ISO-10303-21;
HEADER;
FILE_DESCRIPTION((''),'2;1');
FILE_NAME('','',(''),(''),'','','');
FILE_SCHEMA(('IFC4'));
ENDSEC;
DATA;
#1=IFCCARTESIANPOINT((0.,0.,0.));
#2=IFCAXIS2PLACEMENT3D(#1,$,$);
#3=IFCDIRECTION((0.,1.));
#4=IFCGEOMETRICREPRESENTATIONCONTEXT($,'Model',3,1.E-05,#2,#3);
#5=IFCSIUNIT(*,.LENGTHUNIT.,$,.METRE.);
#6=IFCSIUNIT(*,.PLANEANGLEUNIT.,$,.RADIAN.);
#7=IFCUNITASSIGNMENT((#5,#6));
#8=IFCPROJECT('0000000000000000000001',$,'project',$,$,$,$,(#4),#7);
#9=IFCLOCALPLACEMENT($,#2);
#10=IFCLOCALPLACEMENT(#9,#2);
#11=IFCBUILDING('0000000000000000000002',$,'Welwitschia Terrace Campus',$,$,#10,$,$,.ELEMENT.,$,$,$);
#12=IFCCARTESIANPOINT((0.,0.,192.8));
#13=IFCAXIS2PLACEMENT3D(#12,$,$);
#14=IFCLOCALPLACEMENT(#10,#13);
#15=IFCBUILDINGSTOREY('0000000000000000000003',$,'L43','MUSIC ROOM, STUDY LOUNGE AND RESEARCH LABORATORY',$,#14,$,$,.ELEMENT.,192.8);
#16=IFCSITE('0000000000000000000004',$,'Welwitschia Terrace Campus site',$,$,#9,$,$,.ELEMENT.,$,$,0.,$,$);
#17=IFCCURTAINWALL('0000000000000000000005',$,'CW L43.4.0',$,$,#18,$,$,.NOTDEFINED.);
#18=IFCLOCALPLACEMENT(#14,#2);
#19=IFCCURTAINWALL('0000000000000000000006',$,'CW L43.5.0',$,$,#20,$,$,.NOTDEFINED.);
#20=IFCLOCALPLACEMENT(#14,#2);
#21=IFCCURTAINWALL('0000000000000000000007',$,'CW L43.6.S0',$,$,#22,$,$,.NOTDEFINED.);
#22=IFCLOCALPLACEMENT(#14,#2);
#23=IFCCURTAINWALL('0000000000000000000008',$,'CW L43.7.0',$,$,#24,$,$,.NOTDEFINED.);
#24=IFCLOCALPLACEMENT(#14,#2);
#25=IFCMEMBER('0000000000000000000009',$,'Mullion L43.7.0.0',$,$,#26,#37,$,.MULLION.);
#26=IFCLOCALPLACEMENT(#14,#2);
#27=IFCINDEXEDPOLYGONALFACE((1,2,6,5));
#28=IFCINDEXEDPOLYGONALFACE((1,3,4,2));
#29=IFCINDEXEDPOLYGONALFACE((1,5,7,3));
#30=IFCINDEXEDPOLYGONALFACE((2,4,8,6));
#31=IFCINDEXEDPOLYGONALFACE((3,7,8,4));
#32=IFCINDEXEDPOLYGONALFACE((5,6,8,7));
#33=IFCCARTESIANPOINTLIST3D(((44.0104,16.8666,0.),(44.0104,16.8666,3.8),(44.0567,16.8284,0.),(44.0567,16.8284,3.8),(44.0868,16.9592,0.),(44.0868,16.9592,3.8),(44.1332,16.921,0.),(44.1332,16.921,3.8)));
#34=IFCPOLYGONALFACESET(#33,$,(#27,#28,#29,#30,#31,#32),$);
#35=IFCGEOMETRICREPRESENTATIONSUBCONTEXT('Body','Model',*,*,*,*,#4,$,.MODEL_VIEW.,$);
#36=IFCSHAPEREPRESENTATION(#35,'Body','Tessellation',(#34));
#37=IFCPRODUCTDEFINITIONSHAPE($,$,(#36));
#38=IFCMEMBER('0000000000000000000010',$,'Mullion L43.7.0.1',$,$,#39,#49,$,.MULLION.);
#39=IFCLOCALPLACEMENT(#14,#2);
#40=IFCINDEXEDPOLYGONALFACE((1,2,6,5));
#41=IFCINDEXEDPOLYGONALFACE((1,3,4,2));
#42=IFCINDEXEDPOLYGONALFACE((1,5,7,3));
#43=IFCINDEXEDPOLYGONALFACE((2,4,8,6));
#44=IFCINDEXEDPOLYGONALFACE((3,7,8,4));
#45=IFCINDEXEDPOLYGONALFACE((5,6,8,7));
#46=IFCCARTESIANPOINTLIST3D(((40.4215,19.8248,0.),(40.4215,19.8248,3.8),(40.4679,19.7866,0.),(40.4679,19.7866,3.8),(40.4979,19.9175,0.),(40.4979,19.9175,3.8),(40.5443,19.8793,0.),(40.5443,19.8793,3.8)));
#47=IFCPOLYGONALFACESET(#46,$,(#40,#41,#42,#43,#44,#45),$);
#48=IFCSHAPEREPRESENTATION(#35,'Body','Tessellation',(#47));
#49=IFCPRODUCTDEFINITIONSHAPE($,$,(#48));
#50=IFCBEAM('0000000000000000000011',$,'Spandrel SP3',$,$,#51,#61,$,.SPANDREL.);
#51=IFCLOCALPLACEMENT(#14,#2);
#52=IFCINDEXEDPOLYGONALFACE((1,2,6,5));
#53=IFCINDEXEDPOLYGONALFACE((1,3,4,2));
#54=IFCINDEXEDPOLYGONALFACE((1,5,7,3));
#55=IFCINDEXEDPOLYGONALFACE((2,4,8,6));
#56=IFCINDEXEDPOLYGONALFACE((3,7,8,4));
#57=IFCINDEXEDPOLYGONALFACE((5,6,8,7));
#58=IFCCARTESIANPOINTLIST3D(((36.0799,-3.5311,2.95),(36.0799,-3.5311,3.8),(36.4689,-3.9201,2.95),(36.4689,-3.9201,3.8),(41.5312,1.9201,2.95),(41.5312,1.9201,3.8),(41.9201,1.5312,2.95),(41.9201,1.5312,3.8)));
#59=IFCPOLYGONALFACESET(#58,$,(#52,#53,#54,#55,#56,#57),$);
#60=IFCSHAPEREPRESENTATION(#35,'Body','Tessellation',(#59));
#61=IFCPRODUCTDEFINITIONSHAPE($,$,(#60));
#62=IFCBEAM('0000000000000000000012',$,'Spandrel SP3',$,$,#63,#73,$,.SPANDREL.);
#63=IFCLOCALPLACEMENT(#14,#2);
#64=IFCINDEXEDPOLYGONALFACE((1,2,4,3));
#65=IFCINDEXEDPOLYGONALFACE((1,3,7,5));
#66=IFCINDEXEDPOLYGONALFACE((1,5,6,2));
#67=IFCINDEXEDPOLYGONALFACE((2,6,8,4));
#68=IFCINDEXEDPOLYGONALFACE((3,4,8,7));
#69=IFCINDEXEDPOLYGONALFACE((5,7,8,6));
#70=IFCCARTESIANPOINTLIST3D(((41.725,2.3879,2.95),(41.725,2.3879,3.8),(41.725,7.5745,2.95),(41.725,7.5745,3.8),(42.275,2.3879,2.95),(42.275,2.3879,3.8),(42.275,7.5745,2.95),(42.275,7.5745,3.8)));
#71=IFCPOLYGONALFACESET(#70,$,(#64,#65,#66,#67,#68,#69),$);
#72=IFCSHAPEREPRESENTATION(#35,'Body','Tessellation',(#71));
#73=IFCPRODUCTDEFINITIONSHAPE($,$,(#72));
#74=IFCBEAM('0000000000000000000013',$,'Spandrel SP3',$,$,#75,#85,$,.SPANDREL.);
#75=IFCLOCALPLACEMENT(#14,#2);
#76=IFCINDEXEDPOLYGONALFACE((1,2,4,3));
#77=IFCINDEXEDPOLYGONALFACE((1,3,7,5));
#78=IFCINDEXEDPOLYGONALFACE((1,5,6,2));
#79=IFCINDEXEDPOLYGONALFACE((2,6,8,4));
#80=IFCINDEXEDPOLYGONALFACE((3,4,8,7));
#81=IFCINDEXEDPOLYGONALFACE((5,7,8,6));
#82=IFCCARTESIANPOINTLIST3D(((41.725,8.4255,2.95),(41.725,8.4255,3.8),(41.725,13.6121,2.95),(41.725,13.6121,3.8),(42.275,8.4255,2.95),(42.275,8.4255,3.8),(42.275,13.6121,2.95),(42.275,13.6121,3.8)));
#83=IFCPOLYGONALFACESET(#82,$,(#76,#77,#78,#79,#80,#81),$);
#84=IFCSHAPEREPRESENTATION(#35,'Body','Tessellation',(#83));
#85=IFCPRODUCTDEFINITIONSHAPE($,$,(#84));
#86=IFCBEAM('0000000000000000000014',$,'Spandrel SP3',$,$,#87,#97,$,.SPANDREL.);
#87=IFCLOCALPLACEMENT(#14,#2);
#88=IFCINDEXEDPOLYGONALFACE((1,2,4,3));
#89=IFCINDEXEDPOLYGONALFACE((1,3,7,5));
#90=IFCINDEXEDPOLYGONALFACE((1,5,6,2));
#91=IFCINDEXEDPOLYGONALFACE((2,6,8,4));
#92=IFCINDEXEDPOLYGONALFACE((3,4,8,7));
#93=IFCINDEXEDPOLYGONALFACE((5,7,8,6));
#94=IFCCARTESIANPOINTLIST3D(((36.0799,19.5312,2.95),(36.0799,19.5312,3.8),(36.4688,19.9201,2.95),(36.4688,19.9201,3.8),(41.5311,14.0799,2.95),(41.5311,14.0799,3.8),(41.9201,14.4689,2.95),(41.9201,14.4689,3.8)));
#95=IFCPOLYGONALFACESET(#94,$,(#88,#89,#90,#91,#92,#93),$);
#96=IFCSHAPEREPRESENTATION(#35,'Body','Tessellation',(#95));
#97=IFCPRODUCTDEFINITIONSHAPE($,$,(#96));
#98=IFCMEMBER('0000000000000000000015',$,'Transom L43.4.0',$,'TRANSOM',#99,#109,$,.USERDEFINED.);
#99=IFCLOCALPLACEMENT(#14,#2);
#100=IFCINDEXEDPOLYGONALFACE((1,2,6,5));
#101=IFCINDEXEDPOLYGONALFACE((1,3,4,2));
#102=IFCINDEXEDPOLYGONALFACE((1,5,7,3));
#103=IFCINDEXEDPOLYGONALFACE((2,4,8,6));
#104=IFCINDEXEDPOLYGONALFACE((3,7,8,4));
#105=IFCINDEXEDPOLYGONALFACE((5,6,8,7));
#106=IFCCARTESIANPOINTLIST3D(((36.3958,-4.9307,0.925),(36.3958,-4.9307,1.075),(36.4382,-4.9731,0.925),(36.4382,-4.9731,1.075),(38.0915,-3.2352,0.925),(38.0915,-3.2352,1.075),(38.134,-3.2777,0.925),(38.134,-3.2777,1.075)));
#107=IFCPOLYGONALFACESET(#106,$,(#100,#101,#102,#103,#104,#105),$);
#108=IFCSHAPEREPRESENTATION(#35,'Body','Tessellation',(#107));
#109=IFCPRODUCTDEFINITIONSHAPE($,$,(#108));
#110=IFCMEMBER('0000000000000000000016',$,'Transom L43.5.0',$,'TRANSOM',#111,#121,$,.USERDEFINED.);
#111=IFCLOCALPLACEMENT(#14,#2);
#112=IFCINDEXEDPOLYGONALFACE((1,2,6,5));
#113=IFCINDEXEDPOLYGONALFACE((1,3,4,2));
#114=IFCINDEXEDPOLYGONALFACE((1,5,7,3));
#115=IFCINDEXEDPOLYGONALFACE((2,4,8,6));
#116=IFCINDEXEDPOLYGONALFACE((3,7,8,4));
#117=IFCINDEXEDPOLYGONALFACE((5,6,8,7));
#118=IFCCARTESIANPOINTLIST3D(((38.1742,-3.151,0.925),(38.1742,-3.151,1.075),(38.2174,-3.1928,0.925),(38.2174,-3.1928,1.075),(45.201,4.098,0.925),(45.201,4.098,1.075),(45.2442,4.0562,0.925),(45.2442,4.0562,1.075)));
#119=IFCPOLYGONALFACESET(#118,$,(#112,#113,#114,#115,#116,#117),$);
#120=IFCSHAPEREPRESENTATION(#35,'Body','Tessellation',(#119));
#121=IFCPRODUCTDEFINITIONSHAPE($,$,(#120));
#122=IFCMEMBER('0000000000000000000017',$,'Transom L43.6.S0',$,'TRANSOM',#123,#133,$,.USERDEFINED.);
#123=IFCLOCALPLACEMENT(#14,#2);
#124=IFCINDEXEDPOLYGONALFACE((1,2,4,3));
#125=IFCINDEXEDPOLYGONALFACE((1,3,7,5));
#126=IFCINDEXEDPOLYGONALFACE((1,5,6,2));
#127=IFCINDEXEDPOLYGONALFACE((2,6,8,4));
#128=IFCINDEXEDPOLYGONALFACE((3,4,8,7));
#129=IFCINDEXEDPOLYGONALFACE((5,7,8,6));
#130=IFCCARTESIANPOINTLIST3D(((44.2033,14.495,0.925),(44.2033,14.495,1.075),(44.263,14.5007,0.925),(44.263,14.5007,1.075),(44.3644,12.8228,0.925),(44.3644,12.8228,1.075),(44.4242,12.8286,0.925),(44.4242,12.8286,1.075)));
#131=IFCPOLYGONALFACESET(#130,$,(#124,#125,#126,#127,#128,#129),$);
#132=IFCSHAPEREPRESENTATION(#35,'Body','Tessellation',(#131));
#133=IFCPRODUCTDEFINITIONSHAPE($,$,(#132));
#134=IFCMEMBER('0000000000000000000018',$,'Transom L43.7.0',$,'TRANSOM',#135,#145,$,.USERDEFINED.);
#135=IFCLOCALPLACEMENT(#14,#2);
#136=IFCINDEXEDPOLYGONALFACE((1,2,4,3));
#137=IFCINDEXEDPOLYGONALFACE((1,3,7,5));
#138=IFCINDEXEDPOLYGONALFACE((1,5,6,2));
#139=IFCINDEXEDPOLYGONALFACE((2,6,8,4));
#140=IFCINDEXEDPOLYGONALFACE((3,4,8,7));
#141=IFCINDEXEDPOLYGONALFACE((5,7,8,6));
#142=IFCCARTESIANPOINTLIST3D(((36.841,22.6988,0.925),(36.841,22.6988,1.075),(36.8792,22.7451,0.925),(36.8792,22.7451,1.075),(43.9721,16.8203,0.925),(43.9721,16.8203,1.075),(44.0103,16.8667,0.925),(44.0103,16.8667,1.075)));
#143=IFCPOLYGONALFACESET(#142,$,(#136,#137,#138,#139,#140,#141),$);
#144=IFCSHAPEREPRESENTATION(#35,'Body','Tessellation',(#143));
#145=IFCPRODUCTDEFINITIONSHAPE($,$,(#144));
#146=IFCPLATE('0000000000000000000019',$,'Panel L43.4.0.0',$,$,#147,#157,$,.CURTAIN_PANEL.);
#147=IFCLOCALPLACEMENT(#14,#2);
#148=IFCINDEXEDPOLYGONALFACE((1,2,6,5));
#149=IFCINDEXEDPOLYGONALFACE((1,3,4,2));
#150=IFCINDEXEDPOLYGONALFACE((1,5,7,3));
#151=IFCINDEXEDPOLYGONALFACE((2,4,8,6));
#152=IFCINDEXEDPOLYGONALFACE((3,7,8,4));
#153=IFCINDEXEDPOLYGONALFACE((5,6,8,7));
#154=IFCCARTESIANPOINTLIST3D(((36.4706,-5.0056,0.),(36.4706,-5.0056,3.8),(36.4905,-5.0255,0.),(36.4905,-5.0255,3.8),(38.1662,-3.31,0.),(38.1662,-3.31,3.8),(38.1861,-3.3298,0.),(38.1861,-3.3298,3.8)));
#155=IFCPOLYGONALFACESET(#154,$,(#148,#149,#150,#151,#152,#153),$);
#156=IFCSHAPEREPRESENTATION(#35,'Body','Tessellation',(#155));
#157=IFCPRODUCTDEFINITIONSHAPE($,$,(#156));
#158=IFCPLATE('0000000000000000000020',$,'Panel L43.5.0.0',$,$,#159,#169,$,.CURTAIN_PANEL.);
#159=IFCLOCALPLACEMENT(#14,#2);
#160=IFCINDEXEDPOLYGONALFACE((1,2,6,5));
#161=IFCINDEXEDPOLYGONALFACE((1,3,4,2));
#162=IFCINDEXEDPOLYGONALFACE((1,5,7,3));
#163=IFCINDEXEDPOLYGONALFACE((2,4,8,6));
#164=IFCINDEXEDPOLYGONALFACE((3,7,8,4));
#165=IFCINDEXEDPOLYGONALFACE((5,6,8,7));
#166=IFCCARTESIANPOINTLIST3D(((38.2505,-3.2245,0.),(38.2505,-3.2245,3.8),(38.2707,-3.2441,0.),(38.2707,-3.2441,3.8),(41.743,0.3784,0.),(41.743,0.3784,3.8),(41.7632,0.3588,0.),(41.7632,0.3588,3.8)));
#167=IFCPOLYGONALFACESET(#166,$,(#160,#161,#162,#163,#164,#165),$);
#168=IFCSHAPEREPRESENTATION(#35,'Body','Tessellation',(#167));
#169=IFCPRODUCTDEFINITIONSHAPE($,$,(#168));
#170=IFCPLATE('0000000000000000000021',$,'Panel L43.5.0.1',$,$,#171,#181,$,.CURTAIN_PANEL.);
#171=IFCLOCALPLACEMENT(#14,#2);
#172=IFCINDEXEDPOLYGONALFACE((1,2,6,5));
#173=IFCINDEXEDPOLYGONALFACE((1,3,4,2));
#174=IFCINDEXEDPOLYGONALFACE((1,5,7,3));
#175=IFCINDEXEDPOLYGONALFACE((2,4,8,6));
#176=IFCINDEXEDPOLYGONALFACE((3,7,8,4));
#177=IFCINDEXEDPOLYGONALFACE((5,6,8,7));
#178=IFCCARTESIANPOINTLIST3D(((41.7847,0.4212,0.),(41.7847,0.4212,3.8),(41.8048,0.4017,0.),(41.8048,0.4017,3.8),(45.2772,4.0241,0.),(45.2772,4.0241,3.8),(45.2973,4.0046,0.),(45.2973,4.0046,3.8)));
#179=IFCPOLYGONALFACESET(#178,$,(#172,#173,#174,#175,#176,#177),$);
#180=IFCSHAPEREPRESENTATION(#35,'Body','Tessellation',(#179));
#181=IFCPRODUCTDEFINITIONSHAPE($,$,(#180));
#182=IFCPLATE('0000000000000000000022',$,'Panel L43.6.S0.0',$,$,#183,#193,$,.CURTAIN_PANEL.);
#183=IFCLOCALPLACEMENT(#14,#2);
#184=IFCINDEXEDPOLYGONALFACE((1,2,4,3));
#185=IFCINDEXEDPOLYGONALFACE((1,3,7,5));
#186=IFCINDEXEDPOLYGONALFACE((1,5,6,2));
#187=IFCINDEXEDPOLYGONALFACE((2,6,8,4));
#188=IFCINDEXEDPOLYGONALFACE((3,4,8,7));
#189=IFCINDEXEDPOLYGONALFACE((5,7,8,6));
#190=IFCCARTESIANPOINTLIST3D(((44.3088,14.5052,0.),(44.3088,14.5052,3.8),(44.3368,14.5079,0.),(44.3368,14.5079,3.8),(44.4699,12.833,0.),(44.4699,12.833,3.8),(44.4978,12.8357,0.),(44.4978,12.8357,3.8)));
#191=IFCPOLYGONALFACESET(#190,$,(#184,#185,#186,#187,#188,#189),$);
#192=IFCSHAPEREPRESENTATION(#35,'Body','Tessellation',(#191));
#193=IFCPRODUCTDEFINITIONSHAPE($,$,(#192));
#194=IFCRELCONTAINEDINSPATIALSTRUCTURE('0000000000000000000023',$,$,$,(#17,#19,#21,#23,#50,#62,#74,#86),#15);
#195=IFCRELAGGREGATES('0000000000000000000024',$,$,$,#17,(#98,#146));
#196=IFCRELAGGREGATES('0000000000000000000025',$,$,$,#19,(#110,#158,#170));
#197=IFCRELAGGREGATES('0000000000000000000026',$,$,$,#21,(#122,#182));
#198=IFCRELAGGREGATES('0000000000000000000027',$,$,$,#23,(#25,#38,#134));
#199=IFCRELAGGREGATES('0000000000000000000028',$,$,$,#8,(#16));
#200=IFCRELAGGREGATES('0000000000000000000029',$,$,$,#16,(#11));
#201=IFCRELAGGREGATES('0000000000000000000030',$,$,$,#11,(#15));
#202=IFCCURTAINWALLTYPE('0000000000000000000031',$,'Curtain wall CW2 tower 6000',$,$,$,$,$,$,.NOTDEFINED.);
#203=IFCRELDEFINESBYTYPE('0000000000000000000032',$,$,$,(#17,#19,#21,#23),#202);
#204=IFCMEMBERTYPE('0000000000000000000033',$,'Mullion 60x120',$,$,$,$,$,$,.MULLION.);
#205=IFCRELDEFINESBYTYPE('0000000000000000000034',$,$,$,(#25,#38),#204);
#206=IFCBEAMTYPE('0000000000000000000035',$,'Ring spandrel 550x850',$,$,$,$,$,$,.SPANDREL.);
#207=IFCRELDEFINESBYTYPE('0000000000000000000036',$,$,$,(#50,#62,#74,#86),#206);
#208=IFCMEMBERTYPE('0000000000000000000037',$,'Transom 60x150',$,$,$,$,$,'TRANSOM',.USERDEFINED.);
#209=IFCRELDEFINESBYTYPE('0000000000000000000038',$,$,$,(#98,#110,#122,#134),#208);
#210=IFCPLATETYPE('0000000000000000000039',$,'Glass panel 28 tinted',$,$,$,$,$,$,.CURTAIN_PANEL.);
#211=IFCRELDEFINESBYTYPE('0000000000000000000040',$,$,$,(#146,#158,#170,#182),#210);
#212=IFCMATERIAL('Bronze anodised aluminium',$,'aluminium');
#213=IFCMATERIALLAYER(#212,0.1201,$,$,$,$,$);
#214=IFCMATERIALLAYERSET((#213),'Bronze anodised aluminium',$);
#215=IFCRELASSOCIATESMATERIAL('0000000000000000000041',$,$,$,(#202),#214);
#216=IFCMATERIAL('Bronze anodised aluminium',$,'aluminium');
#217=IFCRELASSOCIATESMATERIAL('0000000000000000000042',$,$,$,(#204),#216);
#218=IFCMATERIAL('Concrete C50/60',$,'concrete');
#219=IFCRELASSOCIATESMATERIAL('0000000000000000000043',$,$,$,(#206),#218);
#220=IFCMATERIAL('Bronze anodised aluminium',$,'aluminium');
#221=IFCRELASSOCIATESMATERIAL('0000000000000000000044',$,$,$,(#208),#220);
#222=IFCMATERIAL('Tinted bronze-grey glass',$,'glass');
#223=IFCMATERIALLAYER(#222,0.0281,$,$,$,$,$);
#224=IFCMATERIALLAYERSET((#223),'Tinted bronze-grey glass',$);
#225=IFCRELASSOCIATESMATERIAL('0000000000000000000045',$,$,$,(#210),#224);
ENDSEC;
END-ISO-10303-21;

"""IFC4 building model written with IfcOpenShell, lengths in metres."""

from ifc_helpers import new_model, si_unit, direction, frame, origin, origin_2d, place, context, subcontext, project, spatial, rectangle, extrude, material, layer, layer_set, material_profile, profile_set, type_object, element, aggregate, save


model = new_model("IFC4")

# Units and contexts
model_context = context("Model", 3, precision=1e-05, world=origin(), true_north=direction((0.0, 1.0)))
body_context = subcontext(model_context, "Body", "Model", "MODEL_VIEW")
ifc_project = project(units=[si_unit("LENGTHUNIT", "METRE"), si_unit("PLANEANGLEUNIT", "RADIAN")], contexts=[model_context])

# Site, building, storey
site_placement = place(None, origin())
site = spatial("IfcSite", under=ifc_project, at=site_placement, Name="Welwitschia Terrace Campus site", CompositionType="ELEMENT", RefElevation=0.0)
building_placement = place(site_placement, origin())
building = spatial("IfcBuilding", under=site, at=building_placement, Name="Welwitschia Terrace Campus", CompositionType="ELEMENT")
storey_placement = place(building_placement, frame((0.0, 0.0, 192.8)))
storey = spatial("IfcBuildingStorey", under=building, at=storey_placement, Name="L43", Description="MUSIC ROOM, STUDY LOUNGE AND RESEARCH LABORATORY", CompositionType="ELEMENT", Elevation=192.8)

# Shared definitions
ifc_material_1 = material(Name="Bronze anodised aluminium", Category="aluminium")
ifc_layer_1 = layer(ifc_material_1, 0.1201)
ifc_layer_set_1 = layer_set([ifc_layer_1], Name="Bronze anodised aluminium")
curtain_wall_type = type_object("IfcCurtainWallType", Name="Curtain wall CW2 tower 6000", PredefinedType="NOTDEFINED", material=ifc_layer_set_1)
ifc_material_2 = material(Name="Bronze anodised aluminium", Category="aluminium")
ifc_material_profile_1 = material_profile(ifc_material_2, rectangle(XDim=0.1201, YDim=0.0601, at=origin_2d()))
ifc_profile_set_1 = profile_set([ifc_material_profile_1], Name="Bronze anodised aluminium")
member_type_1 = type_object("IfcMemberType", Name="Mullion 60x120", PredefinedType="MULLION", material=ifc_profile_set_1)

# Curtain walls, members
curtain_wall_1_placement = place(storey_placement, origin())
curtain_wall_1 = element("IfcCurtainWall", 1, at=curtain_wall_1_placement, inside=storey, type_object=curtain_wall_type, Name="CW L43.4.0", PredefinedType="NOTDEFINED")
curtain_wall_2_placement = place(storey_placement, origin())
curtain_wall_2 = element("IfcCurtainWall", 2, at=curtain_wall_2_placement, inside=storey, type_object=curtain_wall_type, Name="CW L43.5.0", PredefinedType="NOTDEFINED")
curtain_wall_3_placement = place(storey_placement, origin())
curtain_wall_3 = element("IfcCurtainWall", 3, at=curtain_wall_3_placement, inside=storey, type_object=curtain_wall_type, Name="CW L43.6.S0", PredefinedType="NOTDEFINED")
curtain_wall_4_placement = place(storey_placement, origin())
curtain_wall_4 = element("IfcCurtainWall", 4, at=curtain_wall_4_placement, inside=storey, type_object=curtain_wall_type, Name="CW L43.7.0", PredefinedType="NOTDEFINED")
member_1_placement = place(storey_placement, frame((44.0718, 16.8938, 0.0), z_axis=(0.0, 0.0, 1.0), x_axis=(-0.636078, -0.771625, 0.0)))
member_1 = element("IfcMember", 5, at=member_1_placement, type_object=member_type_1, Name="Mullion L43.7.0.0", PredefinedType="MULLION", context=body_context, shape_type="SweptSolid", body=[
    extrude(rectangle(XDim=0.1201, YDim=0.0601, at=origin_2d()), origin(), (0.0, 0.0, 1.0), 3.8),
])
member_2_placement = place(storey_placement, frame((40.4829, 19.8521, 0.0), z_axis=(0.0, 0.0, 1.0), x_axis=(-0.636078, -0.771625, 0.0)))
member_2 = element("IfcMember", 6, at=member_2_placement, type_object=member_type_1, Name="Mullion L43.7.0.1", PredefinedType="MULLION", context=body_context, shape_type="SweptSolid", body=[
    extrude(rectangle(XDim=0.1201, YDim=0.0601, at=origin_2d()), origin(), (0.0, 0.0, 1.0), 3.8),
])

# Beams
ifc_material_3 = material(Name="Concrete C50/60", Category="concrete")
ifc_material_profile_2 = material_profile(ifc_material_3, rectangle(XDim=0.55, YDim=0.8501, at=origin_2d()))
ifc_profile_set_2 = profile_set([ifc_material_profile_2], Name="Concrete C50/60")
beam_type_1 = type_object("IfcBeamType", Name="Ring spandrel 550x850", PredefinedType="SPANDREL", material=ifc_profile_set_2)
beam_1_placement = place(storey_placement, frame((36.2744, -3.7256, 3.375), z_axis=(0.707107, 0.707107, 0.0), x_axis=(-0.707107, 0.707107, 0.0)))
element("IfcBeam", 7, at=beam_1_placement, inside=storey, type_object=beam_type_1, Name="Spandrel SP3", PredefinedType="SPANDREL", context=body_context, shape_type="SweptSolid", body=[
    extrude(rectangle(XDim=0.55, YDim=0.8501, at=origin_2d()), origin(), (0.0, 0.0, 1.0), 7.7092),
])
for number, where, z_axis, x_axis, name in (
    (8, (42.0, 2.3879, 3.375), (0.0, 1.0, 0.0), (-1.0, 0.0, 0.0), "Spandrel SP3"),
    (9, (42.0, 8.4255, 3.375), (0.0, 1.0, 0.0), (-1.0, 0.0, 0.0), "Spandrel SP3"),
):
    element("IfcBeam", number, at=place(storey_placement, frame(where, z_axis=z_axis, x_axis=x_axis)), inside=storey, type_object=beam_type_1, Name=name, PredefinedType="SPANDREL", context=body_context, shape_type="SweptSolid", body=[
        extrude(rectangle(XDim=0.55, YDim=0.8501, at=origin_2d()), origin(), (0.0, 0.0, 1.0), 5.1865),
    ])
beam_2_placement = place(storey_placement, frame((41.7256, 14.2744, 3.375), z_axis=(-0.707107, 0.707107, 0.0), x_axis=(-0.707107, -0.707107, 0.0)))
element("IfcBeam", 10, at=beam_2_placement, inside=storey, type_object=beam_type_1, Name="Spandrel SP3", PredefinedType="SPANDREL", context=body_context, shape_type="SweptSolid", body=[
    extrude(rectangle(XDim=0.55, YDim=0.8501, at=origin_2d()), origin(), (0.0, 0.0, 1.0), 7.7092),
])

# Members
ifc_material_4 = material(Name="Bronze anodised aluminium", Category="aluminium")
ifc_material_profile_3 = material_profile(ifc_material_4, rectangle(XDim=0.0601, YDim=0.1499, at=origin_2d()))
ifc_profile_set_3 = profile_set([ifc_material_profile_3], Name="Bronze anodised aluminium")
member_type_2 = type_object("IfcMemberType", Name="Transom 60x150", ElementType="TRANSOM", PredefinedType="USERDEFINED", material=ifc_profile_set_3)
member_3_placement = place(storey_placement, frame((36.417, -4.9519, 1.0), z_axis=(0.707158, 0.707056, 0.0), x_axis=(-0.707056, 0.707158, 0.0)))
member_3 = element("IfcMember", 11, at=member_3_placement, type_object=member_type_2, Name="Transom L43.4.0", ObjectType="TRANSOM", PredefinedType="USERDEFINED", context=body_context, shape_type="SweptSolid", body=[
    extrude(rectangle(XDim=0.0601, YDim=0.1499, at=origin_2d()), origin(), (0.0, 0.0, 1.0), 2.3979),
])
member_4_placement = place(storey_placement, frame((38.1958, -3.1719, 1.0), z_axis=(0.696018, 0.718024, 0.0), x_axis=(-0.718024, 0.696018, 0.0)))
member_4 = element("IfcMember", 12, at=member_4_placement, type_object=member_type_2, Name="Transom L43.5.0", ObjectType="TRANSOM", PredefinedType="USERDEFINED", context=body_context, shape_type="SweptSolid", body=[
    extrude(rectangle(XDim=0.0601, YDim=0.1499, at=origin_2d()), origin(), (0.0, 0.0, 1.0), 10.0957),
])
member_5_placement = place(storey_placement, frame((44.3943, 12.8257, 1.0), z_axis=(-0.09592, 0.995389, 0.0), x_axis=(-0.995389, -0.09592, 0.0)))
member_5 = element("IfcMember", 13, at=member_5_placement, type_object=member_type_2, Name="Transom L43.6.S0", ObjectType="TRANSOM", PredefinedType="USERDEFINED", context=body_context, shape_type="SweptSolid", body=[
    extrude(rectangle(XDim=0.0601, YDim=0.1499, at=origin_2d()), origin(), (0.0, 0.0, 1.0), 1.6799),
])
member_6_placement = place(storey_placement, frame((43.9912, 16.8435, 1.0), z_axis=(-0.771625, 0.636078, 0.0), x_axis=(-0.636078, -0.771625, 0.0)))
member_6 = element("IfcMember", 14, at=member_6_placement, type_object=member_type_2, Name="Transom L43.7.0", ObjectType="TRANSOM", PredefinedType="USERDEFINED", context=body_context, shape_type="SweptSolid", body=[
    extrude(rectangle(XDim=0.0601, YDim=0.1499, at=origin_2d()), origin(), (0.0, 0.0, 1.0), 9.2417),
])

# Plates
ifc_material_5 = material(Name="Tinted bronze-grey glass", Category="glass")
ifc_layer_2 = layer(ifc_material_5, 0.0281)
ifc_layer_set_2 = layer_set([ifc_layer_2], Name="Tinted bronze-grey glass")
plate_type = type_object("IfcPlateType", Name="Glass panel 28 tinted", PredefinedType="CURTAIN_PANEL", material=ifc_layer_set_2)
plate_1_placement = place(storey_placement, frame((37.3284, -4.1677, 0.0), z_axis=(0.0, 0.0, 1.0), x_axis=(0.707107, 0.707107, 0.0)))
plate_1 = element("IfcPlate", 15, at=plate_1_placement, type_object=plate_type, Name="Panel L43.4.0.0", PredefinedType="CURTAIN_PANEL", context=body_context, shape_type="SweptSolid", body=[
    extrude(rectangle(XDim=2.3979, YDim=0.0281, at=origin_2d()), origin(), (0.0, 0.0, 1.0), 3.8),
])
aggregate(curtain_wall_1, [member_3, plate_1])
plate_2_placement = place(storey_placement, frame((40.0068, -1.4329, 0.0), z_axis=(0.0, 0.0, 1.0), x_axis=(0.696019, 0.718023, 0.0)))
plate_2 = element("IfcPlate", 16, at=plate_2_placement, type_object=plate_type, Name="Panel L43.5.0.0", PredefinedType="CURTAIN_PANEL", context=body_context, shape_type="SweptSolid", body=[
    extrude(rectangle(XDim=5.0178, YDim=0.0281, at=origin_2d()), origin(), (0.0, 0.0, 1.0), 3.8),
])
plate_3_placement = place(storey_placement, frame((43.541, 2.2129, 0.0), z_axis=(0.0, 0.0, 1.0), x_axis=(0.696019, 0.718023, 0.0)))
plate_3 = element("IfcPlate", 17, at=plate_3_placement, type_object=plate_type, Name="Panel L43.5.0.1", PredefinedType="CURTAIN_PANEL", context=body_context, shape_type="SweptSolid", body=[
    extrude(rectangle(XDim=5.0178, YDim=0.0281, at=origin_2d()), origin(), (0.0, 0.0, 1.0), 3.8),
])
aggregate(curtain_wall_2, [member_4, plate_2, plate_3])
plate_4_placement = place(storey_placement, frame((44.4033, 13.6704, 0.0), z_axis=(0.0, 0.0, 1.0), x_axis=(-0.095846, 0.995396, 0.0)))
plate_4 = element("IfcPlate", 18, at=plate_4_placement, type_object=plate_type, Name="Panel L43.6.S0.0", PredefinedType="CURTAIN_PANEL", context=body_context, shape_type="SweptSolid", body=[
    extrude(rectangle(XDim=1.6799, YDim=0.0281, at=origin_2d()), origin(), (0.0, 0.0, 1.0), 3.8),
])
aggregate(curtain_wall_3, [member_5, plate_4])
aggregate(curtain_wall_4, [member_1, member_2, member_6])

save(model, "model.ifc")
